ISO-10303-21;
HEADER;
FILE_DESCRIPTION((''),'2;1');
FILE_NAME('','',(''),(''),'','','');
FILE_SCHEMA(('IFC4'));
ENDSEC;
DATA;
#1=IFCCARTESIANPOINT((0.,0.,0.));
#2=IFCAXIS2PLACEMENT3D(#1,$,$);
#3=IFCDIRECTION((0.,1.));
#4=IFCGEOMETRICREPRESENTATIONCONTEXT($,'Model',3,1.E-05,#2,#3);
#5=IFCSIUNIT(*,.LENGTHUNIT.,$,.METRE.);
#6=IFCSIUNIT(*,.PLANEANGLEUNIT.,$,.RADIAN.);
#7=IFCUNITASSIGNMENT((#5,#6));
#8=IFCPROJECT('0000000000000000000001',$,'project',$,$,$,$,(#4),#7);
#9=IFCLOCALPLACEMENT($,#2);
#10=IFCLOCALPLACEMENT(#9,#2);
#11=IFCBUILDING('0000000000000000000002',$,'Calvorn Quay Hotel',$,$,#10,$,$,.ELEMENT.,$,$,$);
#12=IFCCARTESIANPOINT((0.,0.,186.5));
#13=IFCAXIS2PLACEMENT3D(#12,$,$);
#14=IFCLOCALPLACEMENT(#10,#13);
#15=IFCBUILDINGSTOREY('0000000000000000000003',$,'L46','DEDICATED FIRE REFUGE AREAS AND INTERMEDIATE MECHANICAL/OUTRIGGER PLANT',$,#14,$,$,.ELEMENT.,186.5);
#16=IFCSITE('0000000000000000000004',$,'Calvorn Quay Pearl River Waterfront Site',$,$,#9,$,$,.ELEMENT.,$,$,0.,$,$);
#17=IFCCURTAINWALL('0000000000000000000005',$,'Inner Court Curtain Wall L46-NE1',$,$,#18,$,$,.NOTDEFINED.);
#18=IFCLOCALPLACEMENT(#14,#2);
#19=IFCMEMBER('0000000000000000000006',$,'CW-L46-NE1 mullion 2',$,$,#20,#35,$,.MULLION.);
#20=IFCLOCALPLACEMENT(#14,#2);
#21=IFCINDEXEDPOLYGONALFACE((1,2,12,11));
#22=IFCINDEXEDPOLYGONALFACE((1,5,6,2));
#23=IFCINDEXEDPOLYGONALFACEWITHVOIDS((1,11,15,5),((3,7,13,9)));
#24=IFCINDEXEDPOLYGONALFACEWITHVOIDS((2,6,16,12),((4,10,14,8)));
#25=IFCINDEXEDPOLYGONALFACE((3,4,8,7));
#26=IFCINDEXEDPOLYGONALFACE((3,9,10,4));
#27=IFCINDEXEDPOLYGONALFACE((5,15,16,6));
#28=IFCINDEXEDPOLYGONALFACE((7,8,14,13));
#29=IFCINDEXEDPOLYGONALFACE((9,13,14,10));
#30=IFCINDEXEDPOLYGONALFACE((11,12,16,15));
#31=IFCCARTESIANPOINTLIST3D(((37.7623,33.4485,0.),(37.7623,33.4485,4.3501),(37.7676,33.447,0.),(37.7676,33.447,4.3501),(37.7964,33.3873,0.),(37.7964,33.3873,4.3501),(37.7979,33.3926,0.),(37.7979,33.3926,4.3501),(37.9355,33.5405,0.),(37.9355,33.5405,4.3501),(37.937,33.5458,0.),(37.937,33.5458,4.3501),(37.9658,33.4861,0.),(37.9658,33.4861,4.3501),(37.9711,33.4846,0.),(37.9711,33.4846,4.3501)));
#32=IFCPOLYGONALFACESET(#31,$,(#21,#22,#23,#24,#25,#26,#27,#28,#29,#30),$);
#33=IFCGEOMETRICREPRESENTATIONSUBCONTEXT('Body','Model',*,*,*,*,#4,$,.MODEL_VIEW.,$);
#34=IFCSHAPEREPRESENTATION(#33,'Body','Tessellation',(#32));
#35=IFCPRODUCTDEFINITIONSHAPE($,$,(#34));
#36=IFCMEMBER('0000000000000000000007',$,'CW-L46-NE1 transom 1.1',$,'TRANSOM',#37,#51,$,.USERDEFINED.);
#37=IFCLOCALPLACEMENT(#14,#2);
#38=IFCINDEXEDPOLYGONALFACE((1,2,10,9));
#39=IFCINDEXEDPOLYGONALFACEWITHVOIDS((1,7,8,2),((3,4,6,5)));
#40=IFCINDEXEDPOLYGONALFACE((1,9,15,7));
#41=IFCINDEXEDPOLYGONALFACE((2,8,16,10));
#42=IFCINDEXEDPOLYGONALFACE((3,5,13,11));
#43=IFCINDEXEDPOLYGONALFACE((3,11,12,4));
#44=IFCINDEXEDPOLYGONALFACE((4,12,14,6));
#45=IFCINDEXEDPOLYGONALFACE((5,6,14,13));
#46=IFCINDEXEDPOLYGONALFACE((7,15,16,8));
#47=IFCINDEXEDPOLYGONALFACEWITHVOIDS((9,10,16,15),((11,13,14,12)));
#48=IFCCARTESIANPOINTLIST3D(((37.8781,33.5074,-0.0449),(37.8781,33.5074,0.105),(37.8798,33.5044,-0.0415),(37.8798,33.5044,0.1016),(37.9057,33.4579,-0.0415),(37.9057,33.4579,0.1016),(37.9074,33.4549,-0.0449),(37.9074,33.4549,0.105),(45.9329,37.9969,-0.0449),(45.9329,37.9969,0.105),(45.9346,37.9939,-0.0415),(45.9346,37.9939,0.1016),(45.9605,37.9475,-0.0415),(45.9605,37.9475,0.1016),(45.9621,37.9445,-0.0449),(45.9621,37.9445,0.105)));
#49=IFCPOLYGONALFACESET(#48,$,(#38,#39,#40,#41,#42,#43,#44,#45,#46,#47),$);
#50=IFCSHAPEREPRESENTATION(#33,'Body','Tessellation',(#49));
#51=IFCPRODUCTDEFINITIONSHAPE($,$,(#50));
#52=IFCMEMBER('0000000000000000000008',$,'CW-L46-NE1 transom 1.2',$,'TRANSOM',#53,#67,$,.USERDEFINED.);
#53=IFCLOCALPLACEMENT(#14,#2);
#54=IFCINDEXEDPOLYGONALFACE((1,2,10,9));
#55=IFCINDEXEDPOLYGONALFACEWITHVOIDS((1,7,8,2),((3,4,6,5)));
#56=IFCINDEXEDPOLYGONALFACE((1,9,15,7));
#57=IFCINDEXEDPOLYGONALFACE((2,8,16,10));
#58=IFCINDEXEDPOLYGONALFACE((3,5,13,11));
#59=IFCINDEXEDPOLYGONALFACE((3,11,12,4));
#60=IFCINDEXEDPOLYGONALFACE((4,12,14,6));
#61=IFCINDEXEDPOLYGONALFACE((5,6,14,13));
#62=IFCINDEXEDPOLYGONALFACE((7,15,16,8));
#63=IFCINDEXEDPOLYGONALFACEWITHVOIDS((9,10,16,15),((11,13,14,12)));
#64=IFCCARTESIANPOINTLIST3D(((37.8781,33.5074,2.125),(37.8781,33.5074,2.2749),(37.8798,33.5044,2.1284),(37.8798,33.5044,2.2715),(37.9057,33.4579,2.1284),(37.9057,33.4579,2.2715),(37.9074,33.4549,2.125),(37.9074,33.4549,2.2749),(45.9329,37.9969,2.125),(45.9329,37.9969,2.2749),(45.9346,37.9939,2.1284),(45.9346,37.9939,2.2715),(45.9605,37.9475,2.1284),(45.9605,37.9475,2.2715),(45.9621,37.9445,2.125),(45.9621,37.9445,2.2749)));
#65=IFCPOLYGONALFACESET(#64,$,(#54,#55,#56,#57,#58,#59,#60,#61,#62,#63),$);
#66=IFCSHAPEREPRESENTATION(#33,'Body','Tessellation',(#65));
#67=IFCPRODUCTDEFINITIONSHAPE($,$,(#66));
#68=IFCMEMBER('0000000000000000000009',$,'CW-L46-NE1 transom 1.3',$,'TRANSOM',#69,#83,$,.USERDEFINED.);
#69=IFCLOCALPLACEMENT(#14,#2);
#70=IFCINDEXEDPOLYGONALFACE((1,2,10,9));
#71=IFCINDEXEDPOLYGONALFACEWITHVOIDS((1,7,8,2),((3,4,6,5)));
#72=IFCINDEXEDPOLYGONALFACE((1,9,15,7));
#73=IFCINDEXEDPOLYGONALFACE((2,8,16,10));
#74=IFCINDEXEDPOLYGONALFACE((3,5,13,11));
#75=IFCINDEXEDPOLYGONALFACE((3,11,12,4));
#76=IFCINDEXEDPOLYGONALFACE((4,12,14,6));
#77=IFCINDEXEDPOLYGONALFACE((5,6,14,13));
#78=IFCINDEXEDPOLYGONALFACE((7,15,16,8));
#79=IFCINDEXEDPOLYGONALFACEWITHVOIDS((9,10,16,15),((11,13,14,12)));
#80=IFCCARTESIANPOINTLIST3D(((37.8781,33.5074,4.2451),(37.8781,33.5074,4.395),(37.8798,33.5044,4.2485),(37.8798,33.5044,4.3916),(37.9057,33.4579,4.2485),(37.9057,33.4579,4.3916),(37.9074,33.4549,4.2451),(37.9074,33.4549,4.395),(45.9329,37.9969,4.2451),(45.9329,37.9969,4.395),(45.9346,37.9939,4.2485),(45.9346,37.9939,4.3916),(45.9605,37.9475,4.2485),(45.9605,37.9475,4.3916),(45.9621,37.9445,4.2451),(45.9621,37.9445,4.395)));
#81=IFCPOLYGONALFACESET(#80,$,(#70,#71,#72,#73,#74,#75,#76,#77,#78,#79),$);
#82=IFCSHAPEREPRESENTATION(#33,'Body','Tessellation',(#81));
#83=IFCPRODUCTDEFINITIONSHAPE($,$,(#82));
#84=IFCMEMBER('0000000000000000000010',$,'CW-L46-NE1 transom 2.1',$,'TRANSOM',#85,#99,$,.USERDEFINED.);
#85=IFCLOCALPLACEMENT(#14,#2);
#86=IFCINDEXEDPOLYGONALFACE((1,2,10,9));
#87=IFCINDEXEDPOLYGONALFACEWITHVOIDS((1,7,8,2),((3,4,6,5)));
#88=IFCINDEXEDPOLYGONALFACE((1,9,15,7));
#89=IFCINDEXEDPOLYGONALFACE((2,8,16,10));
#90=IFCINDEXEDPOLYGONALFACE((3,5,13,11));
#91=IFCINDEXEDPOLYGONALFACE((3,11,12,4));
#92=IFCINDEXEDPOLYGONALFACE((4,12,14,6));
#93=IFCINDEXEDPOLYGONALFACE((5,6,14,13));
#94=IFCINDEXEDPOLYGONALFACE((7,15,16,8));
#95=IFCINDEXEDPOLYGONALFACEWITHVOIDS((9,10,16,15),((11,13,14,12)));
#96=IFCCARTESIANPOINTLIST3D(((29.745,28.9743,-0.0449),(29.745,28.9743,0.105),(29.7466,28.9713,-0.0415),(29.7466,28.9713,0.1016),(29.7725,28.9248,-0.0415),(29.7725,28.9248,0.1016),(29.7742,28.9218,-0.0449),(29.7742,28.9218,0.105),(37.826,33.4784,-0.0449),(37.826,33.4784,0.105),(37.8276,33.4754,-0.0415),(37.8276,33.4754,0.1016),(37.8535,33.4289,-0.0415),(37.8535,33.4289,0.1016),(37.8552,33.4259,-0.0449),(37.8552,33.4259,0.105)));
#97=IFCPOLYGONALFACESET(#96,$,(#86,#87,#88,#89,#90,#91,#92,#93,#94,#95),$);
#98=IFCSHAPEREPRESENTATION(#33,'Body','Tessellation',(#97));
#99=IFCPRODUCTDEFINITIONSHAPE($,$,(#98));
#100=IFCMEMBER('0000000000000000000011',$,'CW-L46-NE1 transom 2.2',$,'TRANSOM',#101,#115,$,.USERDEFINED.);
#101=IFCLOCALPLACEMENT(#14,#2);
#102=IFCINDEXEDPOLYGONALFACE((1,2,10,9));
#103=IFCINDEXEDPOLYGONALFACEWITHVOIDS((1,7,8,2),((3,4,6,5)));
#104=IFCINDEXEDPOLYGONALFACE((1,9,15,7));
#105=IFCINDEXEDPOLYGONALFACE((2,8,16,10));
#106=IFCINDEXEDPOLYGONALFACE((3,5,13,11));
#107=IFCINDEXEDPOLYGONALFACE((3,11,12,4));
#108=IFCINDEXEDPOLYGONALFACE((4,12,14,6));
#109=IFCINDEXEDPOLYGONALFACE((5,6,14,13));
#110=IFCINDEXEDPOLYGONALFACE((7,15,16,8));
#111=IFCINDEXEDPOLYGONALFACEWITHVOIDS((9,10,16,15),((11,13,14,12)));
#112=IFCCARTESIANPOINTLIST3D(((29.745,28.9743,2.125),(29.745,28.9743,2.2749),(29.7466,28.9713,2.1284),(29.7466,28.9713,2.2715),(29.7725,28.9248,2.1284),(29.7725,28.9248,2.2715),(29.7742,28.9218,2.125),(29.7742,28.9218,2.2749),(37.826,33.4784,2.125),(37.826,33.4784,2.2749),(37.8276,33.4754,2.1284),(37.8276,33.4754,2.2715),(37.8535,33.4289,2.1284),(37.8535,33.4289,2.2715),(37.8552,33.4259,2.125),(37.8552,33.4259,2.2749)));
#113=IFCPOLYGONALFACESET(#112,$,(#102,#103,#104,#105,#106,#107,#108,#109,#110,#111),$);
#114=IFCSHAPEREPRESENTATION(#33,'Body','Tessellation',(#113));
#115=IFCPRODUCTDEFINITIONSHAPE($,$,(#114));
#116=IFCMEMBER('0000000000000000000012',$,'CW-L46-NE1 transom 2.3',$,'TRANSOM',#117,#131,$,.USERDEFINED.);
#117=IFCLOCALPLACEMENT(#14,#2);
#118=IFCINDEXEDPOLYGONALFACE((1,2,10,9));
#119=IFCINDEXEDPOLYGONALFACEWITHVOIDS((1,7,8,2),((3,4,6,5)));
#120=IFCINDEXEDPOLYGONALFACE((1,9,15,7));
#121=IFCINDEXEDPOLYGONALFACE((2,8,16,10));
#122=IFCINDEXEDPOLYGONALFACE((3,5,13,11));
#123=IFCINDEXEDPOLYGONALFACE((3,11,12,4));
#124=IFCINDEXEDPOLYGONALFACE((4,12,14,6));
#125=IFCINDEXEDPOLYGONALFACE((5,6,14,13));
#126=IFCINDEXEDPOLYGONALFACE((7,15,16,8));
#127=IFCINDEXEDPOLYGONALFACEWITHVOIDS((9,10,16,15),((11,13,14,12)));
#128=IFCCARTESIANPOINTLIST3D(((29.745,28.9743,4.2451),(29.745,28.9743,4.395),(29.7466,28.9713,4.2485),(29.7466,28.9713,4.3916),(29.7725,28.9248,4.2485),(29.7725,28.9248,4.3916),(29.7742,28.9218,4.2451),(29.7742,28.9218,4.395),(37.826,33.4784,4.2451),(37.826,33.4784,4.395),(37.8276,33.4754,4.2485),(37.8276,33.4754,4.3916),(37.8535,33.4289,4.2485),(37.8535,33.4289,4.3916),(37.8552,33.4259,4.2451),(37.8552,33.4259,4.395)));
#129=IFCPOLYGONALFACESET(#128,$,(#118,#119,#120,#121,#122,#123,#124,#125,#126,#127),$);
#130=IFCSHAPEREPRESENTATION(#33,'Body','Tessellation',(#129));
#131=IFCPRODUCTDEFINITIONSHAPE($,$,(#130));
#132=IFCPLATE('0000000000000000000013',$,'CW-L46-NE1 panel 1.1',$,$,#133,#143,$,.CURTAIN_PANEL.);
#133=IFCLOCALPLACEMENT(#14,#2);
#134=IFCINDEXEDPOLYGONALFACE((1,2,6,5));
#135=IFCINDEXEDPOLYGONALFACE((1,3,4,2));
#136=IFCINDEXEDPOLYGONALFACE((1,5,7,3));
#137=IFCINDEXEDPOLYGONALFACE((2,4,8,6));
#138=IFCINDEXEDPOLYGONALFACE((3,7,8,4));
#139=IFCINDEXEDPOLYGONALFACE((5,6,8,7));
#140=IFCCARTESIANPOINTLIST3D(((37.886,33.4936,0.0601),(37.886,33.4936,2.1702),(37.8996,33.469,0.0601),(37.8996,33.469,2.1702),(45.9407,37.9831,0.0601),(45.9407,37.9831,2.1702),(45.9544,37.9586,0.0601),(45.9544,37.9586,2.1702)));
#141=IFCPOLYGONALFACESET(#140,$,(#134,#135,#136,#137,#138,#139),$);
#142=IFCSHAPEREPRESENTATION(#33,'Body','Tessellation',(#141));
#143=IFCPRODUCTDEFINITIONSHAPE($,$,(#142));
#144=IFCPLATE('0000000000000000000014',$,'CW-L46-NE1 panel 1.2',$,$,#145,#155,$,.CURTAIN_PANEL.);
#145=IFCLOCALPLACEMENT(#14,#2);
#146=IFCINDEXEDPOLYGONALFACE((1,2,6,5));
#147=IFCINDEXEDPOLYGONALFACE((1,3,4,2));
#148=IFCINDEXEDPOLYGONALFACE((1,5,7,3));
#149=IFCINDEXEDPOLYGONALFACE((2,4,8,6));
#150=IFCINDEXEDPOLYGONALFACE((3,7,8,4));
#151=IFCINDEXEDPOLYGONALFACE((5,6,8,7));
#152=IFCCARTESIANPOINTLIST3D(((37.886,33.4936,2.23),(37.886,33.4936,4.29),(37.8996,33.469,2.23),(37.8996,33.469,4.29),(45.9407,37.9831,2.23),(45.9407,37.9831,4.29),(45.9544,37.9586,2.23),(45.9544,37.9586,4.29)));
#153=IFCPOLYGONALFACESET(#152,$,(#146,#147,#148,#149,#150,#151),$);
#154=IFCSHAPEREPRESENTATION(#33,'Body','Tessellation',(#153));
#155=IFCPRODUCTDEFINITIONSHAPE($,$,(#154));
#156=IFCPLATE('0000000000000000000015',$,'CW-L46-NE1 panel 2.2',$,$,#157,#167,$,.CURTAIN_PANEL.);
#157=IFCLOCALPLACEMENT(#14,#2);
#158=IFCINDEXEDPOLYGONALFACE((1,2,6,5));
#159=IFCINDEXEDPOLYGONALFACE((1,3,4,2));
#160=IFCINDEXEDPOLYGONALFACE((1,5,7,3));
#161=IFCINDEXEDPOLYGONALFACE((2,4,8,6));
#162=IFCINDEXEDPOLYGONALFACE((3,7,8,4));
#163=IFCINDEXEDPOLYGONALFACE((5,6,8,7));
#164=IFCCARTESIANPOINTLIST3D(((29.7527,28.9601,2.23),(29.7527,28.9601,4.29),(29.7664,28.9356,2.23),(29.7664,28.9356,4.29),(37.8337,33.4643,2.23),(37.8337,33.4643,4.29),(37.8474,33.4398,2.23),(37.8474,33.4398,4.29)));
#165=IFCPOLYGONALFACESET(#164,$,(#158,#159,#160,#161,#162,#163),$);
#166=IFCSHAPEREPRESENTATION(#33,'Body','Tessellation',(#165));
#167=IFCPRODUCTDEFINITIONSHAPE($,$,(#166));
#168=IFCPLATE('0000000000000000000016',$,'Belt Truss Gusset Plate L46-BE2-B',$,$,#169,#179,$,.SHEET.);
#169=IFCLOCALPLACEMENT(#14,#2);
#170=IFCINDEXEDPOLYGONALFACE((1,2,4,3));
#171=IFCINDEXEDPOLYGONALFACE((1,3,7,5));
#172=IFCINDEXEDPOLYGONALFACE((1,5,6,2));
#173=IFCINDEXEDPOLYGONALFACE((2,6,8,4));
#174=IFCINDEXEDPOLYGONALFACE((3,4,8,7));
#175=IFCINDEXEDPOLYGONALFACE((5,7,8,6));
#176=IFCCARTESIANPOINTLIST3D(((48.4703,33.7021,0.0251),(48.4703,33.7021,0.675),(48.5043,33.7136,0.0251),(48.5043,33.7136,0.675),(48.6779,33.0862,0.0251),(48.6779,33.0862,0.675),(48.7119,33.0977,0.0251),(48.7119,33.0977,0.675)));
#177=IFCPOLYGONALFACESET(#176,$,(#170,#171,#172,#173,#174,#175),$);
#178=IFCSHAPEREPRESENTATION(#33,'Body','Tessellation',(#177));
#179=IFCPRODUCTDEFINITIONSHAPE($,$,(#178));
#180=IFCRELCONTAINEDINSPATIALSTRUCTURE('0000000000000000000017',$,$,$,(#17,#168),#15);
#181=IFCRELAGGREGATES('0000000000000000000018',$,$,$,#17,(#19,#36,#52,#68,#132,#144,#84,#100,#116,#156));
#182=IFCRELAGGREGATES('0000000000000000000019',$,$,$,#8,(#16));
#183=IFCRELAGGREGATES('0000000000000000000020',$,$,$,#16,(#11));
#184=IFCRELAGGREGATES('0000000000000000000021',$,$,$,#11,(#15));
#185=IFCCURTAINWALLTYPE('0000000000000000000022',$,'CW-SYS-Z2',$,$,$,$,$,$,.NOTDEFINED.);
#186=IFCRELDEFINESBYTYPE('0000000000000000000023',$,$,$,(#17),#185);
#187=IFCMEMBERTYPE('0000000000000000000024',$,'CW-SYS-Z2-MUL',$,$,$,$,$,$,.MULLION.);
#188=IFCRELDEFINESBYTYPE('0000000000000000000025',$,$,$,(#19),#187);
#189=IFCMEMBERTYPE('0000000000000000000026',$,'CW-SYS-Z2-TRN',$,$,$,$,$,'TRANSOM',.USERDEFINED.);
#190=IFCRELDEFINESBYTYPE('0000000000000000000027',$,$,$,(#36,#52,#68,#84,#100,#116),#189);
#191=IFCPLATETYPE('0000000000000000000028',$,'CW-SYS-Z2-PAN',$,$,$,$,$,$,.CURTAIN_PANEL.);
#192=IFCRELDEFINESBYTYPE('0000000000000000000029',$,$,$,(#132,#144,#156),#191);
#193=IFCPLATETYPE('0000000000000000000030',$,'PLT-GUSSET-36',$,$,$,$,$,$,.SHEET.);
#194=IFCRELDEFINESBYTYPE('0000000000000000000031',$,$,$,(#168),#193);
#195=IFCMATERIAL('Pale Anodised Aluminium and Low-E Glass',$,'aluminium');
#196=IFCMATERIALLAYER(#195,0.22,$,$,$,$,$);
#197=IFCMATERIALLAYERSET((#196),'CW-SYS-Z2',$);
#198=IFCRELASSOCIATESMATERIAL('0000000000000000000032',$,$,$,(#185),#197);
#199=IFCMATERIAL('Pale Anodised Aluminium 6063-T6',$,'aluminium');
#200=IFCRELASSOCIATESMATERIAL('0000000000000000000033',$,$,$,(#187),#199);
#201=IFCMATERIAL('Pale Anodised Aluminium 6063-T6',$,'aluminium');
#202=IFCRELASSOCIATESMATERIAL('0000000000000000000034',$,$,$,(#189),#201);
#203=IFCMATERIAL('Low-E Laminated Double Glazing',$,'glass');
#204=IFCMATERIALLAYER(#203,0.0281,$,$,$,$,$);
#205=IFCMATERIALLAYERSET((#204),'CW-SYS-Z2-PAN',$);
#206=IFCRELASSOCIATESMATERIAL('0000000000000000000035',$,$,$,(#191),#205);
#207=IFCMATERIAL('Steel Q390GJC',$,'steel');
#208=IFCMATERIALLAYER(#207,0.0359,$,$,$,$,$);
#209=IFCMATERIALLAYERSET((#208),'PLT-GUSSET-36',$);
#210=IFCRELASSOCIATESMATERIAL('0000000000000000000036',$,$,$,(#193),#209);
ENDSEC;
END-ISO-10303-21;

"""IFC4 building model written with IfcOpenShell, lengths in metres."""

from ifc_helpers import new_model, si_unit, direction, frame, origin, origin_2d, place, context, subcontext, project, spatial, rectangle, hollow_rectangle, extrude, material, layer, layer_set, material_profile, profile_set, type_object, element, aggregate, save


model = new_model("IFC4")

# Units and contexts
model_context = context("Model", 3, precision=1e-05, world=origin(), true_north=direction((0.0, 1.0)))
body_context = subcontext(model_context, "Body", "Model", "MODEL_VIEW")
ifc_project = project(units=[si_unit("LENGTHUNIT", "METRE"), si_unit("PLANEANGLEUNIT", "RADIAN")], contexts=[model_context])

# Site, building, storey
site_placement = place(None, origin())
site = spatial("IfcSite", under=ifc_project, at=site_placement, Name="Calvorn Quay Pearl River Waterfront Site", CompositionType="ELEMENT", RefElevation=0.0)
building_placement = place(site_placement, origin())
building = spatial("IfcBuilding", under=site, at=building_placement, Name="Calvorn Quay Hotel", CompositionType="ELEMENT")
storey_placement = place(building_placement, frame((0.0, 0.0, 186.5)))
storey = spatial("IfcBuildingStorey", under=building, at=storey_placement, Name="L46", Description="DEDICATED FIRE REFUGE AREAS AND INTERMEDIATE MECHANICAL/OUTRIGGER PLANT", CompositionType="ELEMENT", Elevation=186.5)

# Curtain wall, members, plates
ifc_material_1 = material(Name="Pale Anodised Aluminium and Low-E Glass", Category="aluminium")
ifc_layer_1 = layer(ifc_material_1, 0.22)
ifc_layer_set_1 = layer_set([ifc_layer_1], Name="CW-SYS-Z2")
curtain_wall_type = type_object("IfcCurtainWallType", Name="CW-SYS-Z2", PredefinedType="NOTDEFINED", material=ifc_layer_set_1)
curtain_wall_placement = place(storey_placement, origin())
curtain_wall = element("IfcCurtainWall", 1, at=curtain_wall_placement, inside=storey, type_object=curtain_wall_type, Name="Inner Court Curtain Wall L46-NE1", PredefinedType="NOTDEFINED")
ifc_material_2 = material(Name="Pale Anodised Aluminium 6063-T6", Category="aluminium")
ifc_material_profile_1 = material_profile(ifc_material_2, hollow_rectangle(XDim=0.0701, YDim=0.2, WallThickness=0.0039, at=origin_2d()), Name="ALU-M200x70x4")
ifc_profile_set_1 = profile_set([ifc_material_profile_1], Name="Pale Anodised Aluminium 6063-T6")
member_type_1 = type_object("IfcMemberType", Name="CW-SYS-Z2-MUL", PredefinedType="MULLION", material=ifc_profile_set_1)
member_1_placement = place(storey_placement, frame((37.8667, 33.4666, 0.0), z_axis=(0.0, 0.0, 1.0), x_axis=(0.486858, -0.873481, 0.0)))
member_1 = element("IfcMember", 2, at=member_1_placement, type_object=member_type_1, Name="CW-L46-NE1 mullion 2", PredefinedType="MULLION", context=body_context, shape_type="SweptSolid", body=[
    extrude(hollow_rectangle(XDim=0.0701, YDim=0.2, WallThickness=0.0039, at=origin_2d()), origin(), (0.0, 0.0, 1.0), 4.3501),
])
ifc_material_3 = material(Name="Pale Anodised Aluminium 6063-T6", Category="aluminium")
ifc_material_profile_2 = material_profile(ifc_material_3, hollow_rectangle(XDim=0.0601, YDim=0.1499, WallThickness=0.0034, at=origin_2d()), Name="ALU-T150x60x3.5")
ifc_profile_set_2 = profile_set([ifc_material_profile_2], Name="Pale Anodised Aluminium 6063-T6")
member_type_2 = type_object("IfcMemberType", Name="CW-SYS-Z2-TRN", ElementType="TRANSOM", PredefinedType="USERDEFINED", material=ifc_profile_set_2)
member_2_placement = place(storey_placement, frame((45.9475, 37.9707, 0.03), z_axis=(-0.873481, -0.486859, 0.0), x_axis=(0.486859, -0.873481, 0.0)))
member_2 = element("IfcMember", 3, at=member_2_placement, type_object=member_type_2, Name="CW-L46-NE1 transom 1.1", ObjectType="TRANSOM", PredefinedType="USERDEFINED", context=body_context, shape_type="SweptSolid", body=[
    extrude(hollow_rectangle(XDim=0.0601, YDim=0.1499, WallThickness=0.0034, at=origin_2d()), origin(), (0.0, 0.0, 1.0), 9.2214),
])
member_3_placement = place(storey_placement, frame((45.9475, 37.9707, 2.2), z_axis=(-0.873481, -0.486859, 0.0), x_axis=(0.486859, -0.873481, 0.0)))
member_3 = element("IfcMember", 4, at=member_3_placement, type_object=member_type_2, Name="CW-L46-NE1 transom 1.2", ObjectType="TRANSOM", PredefinedType="USERDEFINED", context=body_context, shape_type="SweptSolid", body=[
    extrude(hollow_rectangle(XDim=0.0601, YDim=0.1499, WallThickness=0.0034, at=origin_2d()), origin(), (0.0, 0.0, 1.0), 9.2214),
])
member_4_placement = place(storey_placement, frame((45.9475, 37.9707, 4.3201), z_axis=(-0.873481, -0.486859, 0.0), x_axis=(0.486859, -0.873481, 0.0)))
member_4 = element("IfcMember", 5, at=member_4_placement, type_object=member_type_2, Name="CW-L46-NE1 transom 1.3", ObjectType="TRANSOM", PredefinedType="USERDEFINED", context=body_context, shape_type="SweptSolid", body=[
    extrude(hollow_rectangle(XDim=0.0601, YDim=0.1499, WallThickness=0.0034, at=origin_2d()), origin(), (0.0, 0.0, 1.0), 9.2214),
])
member_5_placement = place(storey_placement, frame((37.8406, 33.4521, 0.03), z_axis=(-0.873483, -0.486855, 0.0), x_axis=(0.486855, -0.873483, 0.0)))
member_5 = element("IfcMember", 6, at=member_5_placement, type_object=member_type_2, Name="CW-L46-NE1 transom 2.1", ObjectType="TRANSOM", PredefinedType="USERDEFINED", context=body_context, shape_type="SweptSolid", body=[
    extrude(hollow_rectangle(XDim=0.0601, YDim=0.1499, WallThickness=0.0034, at=origin_2d()), origin(), (0.0, 0.0, 1.0), 9.2515),
])
member_6_placement = place(storey_placement, frame((37.8406, 33.4521, 2.2), z_axis=(-0.873483, -0.486855, 0.0), x_axis=(0.486855, -0.873483, 0.0)))
member_6 = element("IfcMember", 7, at=member_6_placement, type_object=member_type_2, Name="CW-L46-NE1 transom 2.2", ObjectType="TRANSOM", PredefinedType="USERDEFINED", context=body_context, shape_type="SweptSolid", body=[
    extrude(hollow_rectangle(XDim=0.0601, YDim=0.1499, WallThickness=0.0034, at=origin_2d()), origin(), (0.0, 0.0, 1.0), 9.2515),
])
member_7_placement = place(storey_placement, frame((37.8406, 33.4521, 4.3201), z_axis=(-0.873483, -0.486855, 0.0), x_axis=(0.486855, -0.873483, 0.0)))
member_7 = element("IfcMember", 8, at=member_7_placement, type_object=member_type_2, Name="CW-L46-NE1 transom 2.3", ObjectType="TRANSOM", PredefinedType="USERDEFINED", context=body_context, shape_type="SweptSolid", body=[
    extrude(hollow_rectangle(XDim=0.0601, YDim=0.1499, WallThickness=0.0034, at=origin_2d()), origin(), (0.0, 0.0, 1.0), 9.2515),
])
ifc_material_4 = material(Name="Low-E Laminated Double Glazing", Category="glass")
ifc_layer_2 = layer(ifc_material_4, 0.0281)
ifc_layer_set_2 = layer_set([ifc_layer_2], Name="CW-SYS-Z2-PAN")
plate_type_1 = type_object("IfcPlateType", Name="CW-SYS-Z2-PAN", PredefinedType="CURTAIN_PANEL", material=ifc_layer_set_2)
plate_1_placement = place(storey_placement, frame((41.9202, 35.7261, 0.0601), z_axis=(0.0, 0.0, 1.0), x_axis=(-0.873481, -0.486858, 0.0)))
plate_1 = element("IfcPlate", 9, at=plate_1_placement, type_object=plate_type_1, Name="CW-L46-NE1 panel 1.1", PredefinedType="CURTAIN_PANEL", context=body_context, shape_type="SweptSolid", body=[
    extrude(rectangle(XDim=9.2214, YDim=0.0281, at=origin_2d()), origin(), (0.0, 0.0, 1.0), 2.1101),
])
plate_2_placement = place(storey_placement, frame((41.9202, 35.7261, 2.23), z_axis=(0.0, 0.0, 1.0), x_axis=(-0.873481, -0.486858, 0.0)))
plate_2 = element("IfcPlate", 10, at=plate_2_placement, type_object=plate_type_1, Name="CW-L46-NE1 panel 1.2", PredefinedType="CURTAIN_PANEL", context=body_context, shape_type="SweptSolid", body=[
    extrude(rectangle(XDim=9.2214, YDim=0.0281, at=origin_2d()), origin(), (0.0, 0.0, 1.0), 2.0601),
])
plate_3_placement = place(storey_placement, frame((33.8, 31.2, 2.23), z_axis=(0.0, 0.0, 1.0), x_axis=(-0.873481, -0.486858, 0.0)))
plate_3 = element("IfcPlate", 11, at=plate_3_placement, type_object=plate_type_1, Name="CW-L46-NE1 panel 2.2", PredefinedType="CURTAIN_PANEL", context=body_context, shape_type="SweptSolid", body=[
    extrude(rectangle(XDim=9.2515, YDim=0.0281, at=origin_2d()), origin(), (0.0, 0.0, 1.0), 2.0601),
])
aggregate(curtain_wall, [member_1, member_2, member_3, member_4, plate_1, plate_2, member_5, member_6, member_7, plate_3])

# Plate
ifc_material_5 = material(Name="Steel Q390GJC", Category="steel")
ifc_layer_3 = layer(ifc_material_5, 0.0359)
ifc_layer_set_3 = layer_set([ifc_layer_3], Name="PLT-GUSSET-36")
plate_type_2 = type_object("IfcPlateType", Name="PLT-GUSSET-36", PredefinedType="SHEET", material=ifc_layer_set_3)
plate_4_placement = place(storey_placement, frame((48.5911, 33.3999, 0.0251), z_axis=(0.0, 0.0, 1.0), x_axis=(-0.319456, 0.947601, 0.0)))
element("IfcPlate", 12, at=plate_4_placement, inside=storey, type_object=plate_type_2, Name="Belt Truss Gusset Plate L46-BE2-B", PredefinedType="SHEET", context=body_context, shape_type="SweptSolid", body=[
    extrude(rectangle(XDim=0.6499, YDim=0.0359, at=origin_2d()), origin(), (0.0, 0.0, 1.0), 0.6499),
])

save(model, "model.ifc")
